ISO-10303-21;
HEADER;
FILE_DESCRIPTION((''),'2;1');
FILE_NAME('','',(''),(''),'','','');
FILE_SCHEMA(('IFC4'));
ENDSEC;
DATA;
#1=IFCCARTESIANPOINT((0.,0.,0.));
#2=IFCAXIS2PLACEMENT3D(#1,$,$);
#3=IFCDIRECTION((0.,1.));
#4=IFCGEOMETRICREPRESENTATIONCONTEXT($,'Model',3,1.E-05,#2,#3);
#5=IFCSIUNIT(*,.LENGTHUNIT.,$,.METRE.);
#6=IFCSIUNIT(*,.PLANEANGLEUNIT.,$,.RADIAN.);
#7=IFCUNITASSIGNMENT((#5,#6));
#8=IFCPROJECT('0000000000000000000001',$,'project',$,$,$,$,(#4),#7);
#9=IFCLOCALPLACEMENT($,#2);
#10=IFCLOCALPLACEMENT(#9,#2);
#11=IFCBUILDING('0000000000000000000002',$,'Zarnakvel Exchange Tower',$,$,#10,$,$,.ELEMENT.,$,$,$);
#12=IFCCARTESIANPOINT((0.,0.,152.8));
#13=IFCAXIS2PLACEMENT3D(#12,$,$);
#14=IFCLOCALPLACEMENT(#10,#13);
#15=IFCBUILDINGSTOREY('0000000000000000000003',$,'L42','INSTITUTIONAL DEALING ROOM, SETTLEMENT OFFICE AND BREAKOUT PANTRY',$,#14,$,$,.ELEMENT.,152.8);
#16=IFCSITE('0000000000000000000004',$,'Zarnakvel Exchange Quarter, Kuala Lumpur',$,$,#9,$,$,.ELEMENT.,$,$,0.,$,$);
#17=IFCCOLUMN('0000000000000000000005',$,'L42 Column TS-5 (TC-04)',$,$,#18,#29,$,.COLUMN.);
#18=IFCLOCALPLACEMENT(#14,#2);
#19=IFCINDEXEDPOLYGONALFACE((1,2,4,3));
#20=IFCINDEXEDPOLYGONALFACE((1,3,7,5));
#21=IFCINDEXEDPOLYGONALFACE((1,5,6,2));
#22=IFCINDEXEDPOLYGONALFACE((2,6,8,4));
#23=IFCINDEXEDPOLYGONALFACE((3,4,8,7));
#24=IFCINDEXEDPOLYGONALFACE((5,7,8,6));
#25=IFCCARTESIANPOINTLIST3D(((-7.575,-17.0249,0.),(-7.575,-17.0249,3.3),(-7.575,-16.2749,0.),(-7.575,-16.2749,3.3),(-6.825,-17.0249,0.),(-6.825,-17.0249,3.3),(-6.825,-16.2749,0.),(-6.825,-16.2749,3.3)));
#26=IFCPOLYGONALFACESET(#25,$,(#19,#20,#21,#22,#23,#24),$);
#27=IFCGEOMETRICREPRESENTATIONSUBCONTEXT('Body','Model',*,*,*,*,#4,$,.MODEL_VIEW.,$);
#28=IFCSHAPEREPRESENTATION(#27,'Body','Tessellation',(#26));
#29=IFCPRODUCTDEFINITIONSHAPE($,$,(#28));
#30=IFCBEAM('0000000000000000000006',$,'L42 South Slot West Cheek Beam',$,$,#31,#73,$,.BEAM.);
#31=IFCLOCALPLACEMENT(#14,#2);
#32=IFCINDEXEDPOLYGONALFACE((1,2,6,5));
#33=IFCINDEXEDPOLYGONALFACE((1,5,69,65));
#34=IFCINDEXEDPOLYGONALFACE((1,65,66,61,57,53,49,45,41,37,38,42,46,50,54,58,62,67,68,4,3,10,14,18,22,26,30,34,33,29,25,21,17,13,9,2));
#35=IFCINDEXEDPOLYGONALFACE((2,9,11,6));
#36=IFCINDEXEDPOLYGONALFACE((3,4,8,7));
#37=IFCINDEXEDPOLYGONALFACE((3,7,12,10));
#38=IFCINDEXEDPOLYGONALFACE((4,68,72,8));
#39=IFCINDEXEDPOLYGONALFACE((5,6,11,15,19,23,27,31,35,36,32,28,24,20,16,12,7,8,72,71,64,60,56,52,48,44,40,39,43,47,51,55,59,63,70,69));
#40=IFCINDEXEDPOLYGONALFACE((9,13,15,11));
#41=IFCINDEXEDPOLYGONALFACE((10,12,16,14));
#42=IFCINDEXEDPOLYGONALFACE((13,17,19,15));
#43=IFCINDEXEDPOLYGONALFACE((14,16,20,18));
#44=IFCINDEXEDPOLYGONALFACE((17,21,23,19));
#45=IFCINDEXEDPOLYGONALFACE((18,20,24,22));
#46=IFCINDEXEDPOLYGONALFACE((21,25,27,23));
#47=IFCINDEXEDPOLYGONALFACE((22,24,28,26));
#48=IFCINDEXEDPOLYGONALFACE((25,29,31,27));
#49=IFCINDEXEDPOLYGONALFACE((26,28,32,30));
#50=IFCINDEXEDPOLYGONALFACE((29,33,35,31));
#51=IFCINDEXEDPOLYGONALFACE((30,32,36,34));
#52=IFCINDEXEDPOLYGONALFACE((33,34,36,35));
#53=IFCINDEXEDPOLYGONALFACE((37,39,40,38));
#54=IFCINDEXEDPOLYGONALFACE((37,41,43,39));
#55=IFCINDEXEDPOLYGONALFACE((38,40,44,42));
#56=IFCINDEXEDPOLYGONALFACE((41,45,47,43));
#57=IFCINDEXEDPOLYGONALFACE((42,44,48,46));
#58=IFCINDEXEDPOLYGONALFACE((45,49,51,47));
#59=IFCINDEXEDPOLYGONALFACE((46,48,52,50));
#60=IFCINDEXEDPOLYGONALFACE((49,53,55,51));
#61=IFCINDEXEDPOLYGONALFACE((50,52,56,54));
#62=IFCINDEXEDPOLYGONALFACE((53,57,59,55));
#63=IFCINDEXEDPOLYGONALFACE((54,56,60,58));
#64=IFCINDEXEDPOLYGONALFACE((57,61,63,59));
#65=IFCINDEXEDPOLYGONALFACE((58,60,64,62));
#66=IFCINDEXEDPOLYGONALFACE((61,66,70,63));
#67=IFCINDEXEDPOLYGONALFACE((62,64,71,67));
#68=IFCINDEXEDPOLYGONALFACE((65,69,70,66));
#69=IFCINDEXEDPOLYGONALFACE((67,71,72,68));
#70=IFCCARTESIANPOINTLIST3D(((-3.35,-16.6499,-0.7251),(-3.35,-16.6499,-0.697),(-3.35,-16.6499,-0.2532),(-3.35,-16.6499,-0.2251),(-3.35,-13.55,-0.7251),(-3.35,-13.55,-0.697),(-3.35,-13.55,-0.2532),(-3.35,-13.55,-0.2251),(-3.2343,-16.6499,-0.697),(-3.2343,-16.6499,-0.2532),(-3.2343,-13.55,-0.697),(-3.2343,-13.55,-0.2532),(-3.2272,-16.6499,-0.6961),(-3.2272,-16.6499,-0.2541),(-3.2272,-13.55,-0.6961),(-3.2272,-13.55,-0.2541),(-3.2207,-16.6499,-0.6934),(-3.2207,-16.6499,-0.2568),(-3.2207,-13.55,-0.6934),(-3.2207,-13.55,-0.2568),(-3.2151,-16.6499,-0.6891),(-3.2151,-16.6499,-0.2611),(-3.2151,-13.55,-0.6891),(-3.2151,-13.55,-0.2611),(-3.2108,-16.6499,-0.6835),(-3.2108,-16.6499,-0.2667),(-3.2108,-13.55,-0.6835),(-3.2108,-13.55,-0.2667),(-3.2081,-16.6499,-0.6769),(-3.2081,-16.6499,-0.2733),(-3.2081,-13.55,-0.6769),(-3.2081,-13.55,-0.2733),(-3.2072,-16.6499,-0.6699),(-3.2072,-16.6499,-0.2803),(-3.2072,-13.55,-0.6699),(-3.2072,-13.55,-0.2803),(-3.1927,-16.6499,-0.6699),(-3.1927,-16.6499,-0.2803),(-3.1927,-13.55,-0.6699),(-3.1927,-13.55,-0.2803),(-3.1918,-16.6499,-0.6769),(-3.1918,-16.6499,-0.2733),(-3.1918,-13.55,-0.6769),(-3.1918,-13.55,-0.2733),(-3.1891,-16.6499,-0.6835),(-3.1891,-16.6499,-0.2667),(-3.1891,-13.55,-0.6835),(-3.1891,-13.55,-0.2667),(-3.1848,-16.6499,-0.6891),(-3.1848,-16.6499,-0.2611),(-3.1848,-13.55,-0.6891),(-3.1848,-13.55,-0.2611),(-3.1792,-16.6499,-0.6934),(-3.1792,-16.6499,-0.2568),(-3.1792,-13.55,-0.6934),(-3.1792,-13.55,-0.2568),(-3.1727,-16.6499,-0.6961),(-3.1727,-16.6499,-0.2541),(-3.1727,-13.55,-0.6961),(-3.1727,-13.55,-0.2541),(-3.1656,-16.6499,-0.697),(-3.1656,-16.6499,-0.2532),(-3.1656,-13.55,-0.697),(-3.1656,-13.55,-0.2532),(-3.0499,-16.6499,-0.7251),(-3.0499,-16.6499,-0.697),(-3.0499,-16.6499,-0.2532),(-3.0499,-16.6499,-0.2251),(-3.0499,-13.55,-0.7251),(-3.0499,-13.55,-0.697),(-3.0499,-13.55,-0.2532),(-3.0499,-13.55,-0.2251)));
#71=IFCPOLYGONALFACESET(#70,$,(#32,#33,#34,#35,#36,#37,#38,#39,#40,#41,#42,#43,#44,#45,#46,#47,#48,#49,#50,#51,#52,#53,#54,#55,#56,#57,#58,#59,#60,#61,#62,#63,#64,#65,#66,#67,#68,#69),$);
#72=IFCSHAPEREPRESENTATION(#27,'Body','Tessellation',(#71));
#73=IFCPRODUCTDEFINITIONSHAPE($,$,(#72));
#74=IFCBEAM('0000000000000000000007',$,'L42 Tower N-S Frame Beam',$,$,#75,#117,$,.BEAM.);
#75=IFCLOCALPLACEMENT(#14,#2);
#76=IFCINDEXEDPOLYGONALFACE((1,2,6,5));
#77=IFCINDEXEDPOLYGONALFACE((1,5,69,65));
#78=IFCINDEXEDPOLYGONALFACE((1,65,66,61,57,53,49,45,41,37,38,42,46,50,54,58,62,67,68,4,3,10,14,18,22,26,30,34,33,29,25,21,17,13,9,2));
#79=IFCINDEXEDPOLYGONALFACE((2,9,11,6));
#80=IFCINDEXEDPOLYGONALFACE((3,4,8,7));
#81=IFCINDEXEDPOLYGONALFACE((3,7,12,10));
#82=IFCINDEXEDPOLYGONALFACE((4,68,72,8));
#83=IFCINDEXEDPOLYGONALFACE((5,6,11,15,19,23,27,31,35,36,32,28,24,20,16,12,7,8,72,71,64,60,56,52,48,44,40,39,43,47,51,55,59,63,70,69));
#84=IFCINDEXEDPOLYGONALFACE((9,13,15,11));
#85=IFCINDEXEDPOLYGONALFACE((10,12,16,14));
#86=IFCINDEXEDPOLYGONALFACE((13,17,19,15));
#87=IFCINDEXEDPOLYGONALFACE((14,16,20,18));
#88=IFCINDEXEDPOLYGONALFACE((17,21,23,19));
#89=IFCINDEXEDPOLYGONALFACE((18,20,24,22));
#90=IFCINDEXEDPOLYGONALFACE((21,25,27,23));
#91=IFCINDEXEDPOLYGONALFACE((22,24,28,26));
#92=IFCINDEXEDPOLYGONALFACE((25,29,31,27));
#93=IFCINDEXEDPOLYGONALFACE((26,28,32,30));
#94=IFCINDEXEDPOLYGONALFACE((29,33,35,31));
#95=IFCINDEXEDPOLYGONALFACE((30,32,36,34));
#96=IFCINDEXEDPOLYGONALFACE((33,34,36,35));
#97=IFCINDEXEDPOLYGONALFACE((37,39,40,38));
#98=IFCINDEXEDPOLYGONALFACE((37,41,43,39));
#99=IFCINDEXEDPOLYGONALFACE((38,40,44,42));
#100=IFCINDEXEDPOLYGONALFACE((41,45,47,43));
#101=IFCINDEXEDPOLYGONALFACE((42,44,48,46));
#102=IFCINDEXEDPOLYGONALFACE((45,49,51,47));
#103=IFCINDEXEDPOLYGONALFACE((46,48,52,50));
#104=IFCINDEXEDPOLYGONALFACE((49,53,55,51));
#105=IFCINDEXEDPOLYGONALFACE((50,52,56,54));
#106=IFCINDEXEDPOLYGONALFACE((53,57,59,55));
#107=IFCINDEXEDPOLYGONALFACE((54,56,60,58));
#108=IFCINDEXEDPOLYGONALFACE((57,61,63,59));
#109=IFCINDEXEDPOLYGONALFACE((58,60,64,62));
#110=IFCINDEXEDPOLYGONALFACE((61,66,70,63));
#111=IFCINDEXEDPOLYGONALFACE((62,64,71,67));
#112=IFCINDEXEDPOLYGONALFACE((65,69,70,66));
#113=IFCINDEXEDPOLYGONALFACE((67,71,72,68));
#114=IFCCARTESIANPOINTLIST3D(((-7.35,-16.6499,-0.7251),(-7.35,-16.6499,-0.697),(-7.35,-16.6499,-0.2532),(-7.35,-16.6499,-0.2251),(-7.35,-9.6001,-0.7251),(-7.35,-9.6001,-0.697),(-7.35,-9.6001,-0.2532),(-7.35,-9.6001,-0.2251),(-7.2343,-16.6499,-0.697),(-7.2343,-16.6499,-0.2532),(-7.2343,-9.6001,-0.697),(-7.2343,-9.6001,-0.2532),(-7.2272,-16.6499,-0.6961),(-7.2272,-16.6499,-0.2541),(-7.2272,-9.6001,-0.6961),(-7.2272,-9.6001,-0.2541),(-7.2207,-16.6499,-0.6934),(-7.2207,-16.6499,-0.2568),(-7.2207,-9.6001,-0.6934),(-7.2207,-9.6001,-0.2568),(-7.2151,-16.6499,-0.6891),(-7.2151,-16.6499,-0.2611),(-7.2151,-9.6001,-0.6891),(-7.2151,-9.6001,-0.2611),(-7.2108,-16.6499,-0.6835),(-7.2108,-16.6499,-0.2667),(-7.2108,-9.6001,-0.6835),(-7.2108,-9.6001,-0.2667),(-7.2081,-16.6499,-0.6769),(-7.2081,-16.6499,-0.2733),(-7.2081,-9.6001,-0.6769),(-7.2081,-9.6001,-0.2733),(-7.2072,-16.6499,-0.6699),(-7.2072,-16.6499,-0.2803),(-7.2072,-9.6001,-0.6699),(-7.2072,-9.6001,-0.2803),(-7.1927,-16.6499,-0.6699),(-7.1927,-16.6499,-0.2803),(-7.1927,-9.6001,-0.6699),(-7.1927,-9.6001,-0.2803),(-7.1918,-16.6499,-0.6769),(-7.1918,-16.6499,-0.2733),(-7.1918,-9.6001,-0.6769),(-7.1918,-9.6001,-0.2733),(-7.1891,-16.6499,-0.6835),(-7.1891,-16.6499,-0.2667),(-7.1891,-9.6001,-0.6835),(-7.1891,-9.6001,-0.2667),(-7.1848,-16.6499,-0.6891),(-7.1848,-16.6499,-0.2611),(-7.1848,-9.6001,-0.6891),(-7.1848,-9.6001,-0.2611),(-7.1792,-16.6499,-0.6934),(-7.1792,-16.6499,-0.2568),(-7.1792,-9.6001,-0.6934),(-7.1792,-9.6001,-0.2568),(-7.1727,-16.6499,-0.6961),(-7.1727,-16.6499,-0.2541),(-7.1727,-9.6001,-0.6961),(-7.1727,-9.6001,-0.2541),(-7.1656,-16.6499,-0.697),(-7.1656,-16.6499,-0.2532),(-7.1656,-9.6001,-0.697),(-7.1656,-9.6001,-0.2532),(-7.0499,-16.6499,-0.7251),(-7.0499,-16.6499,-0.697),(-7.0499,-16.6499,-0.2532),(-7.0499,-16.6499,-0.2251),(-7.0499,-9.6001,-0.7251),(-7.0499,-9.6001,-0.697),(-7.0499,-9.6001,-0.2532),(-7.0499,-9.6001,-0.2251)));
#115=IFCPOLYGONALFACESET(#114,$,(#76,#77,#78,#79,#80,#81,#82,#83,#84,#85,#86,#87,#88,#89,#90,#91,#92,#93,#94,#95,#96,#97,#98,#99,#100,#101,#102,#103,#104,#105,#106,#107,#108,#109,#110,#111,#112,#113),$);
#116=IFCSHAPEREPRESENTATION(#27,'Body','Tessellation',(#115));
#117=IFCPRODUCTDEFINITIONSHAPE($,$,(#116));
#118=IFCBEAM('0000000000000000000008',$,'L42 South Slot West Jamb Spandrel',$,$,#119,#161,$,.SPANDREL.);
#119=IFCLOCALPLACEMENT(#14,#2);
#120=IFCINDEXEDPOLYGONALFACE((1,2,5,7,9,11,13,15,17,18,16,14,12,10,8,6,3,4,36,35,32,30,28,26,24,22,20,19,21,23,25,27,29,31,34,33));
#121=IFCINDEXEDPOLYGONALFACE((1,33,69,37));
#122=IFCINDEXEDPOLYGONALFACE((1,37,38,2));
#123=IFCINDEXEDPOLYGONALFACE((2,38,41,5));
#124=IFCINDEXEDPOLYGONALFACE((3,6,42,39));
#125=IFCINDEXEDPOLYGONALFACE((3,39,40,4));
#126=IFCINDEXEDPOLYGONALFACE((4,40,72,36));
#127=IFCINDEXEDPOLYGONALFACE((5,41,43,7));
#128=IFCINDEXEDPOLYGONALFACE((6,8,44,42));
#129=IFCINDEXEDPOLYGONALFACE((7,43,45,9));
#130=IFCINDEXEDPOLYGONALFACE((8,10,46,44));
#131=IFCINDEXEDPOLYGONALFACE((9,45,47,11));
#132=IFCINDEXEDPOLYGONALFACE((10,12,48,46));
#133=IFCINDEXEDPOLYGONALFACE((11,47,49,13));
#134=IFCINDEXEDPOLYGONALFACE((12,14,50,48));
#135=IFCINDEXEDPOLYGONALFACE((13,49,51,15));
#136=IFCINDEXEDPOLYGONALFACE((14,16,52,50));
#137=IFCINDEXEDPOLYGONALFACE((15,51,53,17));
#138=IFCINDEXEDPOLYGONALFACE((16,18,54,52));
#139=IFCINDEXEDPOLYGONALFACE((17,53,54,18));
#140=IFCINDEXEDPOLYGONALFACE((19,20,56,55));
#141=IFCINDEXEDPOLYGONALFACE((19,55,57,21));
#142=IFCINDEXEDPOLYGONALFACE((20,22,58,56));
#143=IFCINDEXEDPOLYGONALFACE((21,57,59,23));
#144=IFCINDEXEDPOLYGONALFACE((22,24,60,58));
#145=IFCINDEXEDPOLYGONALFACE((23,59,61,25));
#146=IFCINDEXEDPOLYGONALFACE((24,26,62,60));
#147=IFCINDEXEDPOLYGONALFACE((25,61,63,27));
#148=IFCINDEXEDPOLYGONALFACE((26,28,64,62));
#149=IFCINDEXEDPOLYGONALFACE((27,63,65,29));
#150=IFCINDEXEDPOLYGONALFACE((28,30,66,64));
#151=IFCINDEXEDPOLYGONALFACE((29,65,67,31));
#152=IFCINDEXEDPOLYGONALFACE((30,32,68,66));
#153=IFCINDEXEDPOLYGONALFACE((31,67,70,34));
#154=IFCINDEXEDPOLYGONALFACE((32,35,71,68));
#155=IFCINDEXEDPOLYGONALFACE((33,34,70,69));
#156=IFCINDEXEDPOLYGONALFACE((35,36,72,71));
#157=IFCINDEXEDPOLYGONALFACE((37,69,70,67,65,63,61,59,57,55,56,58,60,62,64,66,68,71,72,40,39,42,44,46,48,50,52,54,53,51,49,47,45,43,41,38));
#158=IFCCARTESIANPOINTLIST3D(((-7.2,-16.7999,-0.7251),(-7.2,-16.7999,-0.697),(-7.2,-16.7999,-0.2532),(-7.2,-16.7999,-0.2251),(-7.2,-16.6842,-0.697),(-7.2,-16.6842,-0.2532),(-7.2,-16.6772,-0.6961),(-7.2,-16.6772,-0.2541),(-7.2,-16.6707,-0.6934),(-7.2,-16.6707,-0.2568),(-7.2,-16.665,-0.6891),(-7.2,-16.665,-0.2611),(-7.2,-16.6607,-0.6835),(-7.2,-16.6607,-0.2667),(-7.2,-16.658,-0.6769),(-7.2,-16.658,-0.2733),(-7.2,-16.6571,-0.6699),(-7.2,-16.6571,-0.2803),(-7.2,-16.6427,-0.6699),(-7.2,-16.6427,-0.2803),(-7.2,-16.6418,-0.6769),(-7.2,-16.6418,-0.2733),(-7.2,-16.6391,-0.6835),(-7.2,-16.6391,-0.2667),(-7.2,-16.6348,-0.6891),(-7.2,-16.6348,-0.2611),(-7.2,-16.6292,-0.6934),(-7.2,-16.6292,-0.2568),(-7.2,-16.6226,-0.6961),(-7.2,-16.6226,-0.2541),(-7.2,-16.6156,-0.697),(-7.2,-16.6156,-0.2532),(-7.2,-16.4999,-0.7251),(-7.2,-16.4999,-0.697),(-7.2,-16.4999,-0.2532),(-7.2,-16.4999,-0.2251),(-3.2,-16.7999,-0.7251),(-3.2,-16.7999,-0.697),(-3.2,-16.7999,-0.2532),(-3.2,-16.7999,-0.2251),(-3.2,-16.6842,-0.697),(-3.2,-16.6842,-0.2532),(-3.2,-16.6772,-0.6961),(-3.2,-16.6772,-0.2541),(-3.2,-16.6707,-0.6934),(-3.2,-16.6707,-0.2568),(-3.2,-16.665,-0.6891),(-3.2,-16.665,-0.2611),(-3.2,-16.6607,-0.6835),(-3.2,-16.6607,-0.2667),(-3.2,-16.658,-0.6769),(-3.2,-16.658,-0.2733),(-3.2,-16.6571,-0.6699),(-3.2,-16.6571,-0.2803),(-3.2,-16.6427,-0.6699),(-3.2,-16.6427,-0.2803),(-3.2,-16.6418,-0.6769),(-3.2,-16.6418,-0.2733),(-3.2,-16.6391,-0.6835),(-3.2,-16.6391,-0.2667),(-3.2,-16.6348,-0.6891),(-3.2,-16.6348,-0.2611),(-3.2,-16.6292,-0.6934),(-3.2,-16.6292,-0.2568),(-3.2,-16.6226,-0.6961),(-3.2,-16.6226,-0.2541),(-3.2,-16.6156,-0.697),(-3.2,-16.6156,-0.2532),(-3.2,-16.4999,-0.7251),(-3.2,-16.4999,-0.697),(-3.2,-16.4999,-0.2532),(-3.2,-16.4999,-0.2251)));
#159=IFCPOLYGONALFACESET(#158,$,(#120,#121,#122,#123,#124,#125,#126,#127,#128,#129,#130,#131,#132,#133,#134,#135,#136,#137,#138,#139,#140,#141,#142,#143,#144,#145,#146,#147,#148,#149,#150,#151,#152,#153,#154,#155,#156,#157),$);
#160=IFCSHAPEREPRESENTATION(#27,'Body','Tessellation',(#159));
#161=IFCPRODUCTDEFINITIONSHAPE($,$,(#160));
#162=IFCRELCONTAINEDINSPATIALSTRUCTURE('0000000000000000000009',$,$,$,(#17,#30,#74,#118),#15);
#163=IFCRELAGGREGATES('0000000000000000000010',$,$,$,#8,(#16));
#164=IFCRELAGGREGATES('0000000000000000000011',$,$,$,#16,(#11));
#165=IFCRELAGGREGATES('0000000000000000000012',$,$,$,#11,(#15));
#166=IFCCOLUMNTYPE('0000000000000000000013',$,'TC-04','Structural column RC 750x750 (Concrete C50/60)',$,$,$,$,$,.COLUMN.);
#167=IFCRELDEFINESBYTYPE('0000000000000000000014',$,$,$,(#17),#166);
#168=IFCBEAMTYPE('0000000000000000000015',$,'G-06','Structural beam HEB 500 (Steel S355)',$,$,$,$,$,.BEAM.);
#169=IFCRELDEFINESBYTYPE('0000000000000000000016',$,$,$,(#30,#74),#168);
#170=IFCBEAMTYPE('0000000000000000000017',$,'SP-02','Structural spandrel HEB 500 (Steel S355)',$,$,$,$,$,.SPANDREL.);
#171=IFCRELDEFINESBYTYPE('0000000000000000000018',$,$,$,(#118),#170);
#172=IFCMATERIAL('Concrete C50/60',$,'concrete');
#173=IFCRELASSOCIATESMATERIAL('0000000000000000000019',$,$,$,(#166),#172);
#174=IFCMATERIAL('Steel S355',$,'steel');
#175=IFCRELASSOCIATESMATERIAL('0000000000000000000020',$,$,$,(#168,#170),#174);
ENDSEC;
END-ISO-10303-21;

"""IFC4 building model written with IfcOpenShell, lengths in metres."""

from ifc_helpers import new_model, si_unit, direction, frame, origin, origin_2d, place, context, subcontext, project, spatial, rectangle, i_section, extrude, material, material_profile, profile_set, type_object, element, save


model = new_model("IFC4")

# Units and contexts
model_context = context("Model", 3, precision=1e-05, world=origin(), true_north=direction((0.0, 1.0)))
body_context = subcontext(model_context, "Body", "Model", "MODEL_VIEW")
ifc_project = project(units=[si_unit("LENGTHUNIT", "METRE"), si_unit("PLANEANGLEUNIT", "RADIAN")], contexts=[model_context])

# Site, building, storey
site_placement = place(None, origin())
site = spatial("IfcSite", under=ifc_project, at=site_placement, Name="Zarnakvel Exchange Quarter, Kuala Lumpur", CompositionType="ELEMENT", RefElevation=0.0)
building_placement = place(site_placement, origin())
building = spatial("IfcBuilding", under=site, at=building_placement, Name="Zarnakvel Exchange Tower", CompositionType="ELEMENT")
storey_placement = place(building_placement, frame((0.0, 0.0, 152.8)))
storey = spatial("IfcBuildingStorey", under=building, at=storey_placement, Name="L42", Description="INSTITUTIONAL DEALING ROOM, SETTLEMENT OFFICE AND BREAKOUT PANTRY", CompositionType="ELEMENT", Elevation=152.8)

# Column
ifc_material_1 = material(Name="Concrete C50/60", Category="concrete")
ifc_material_profile_1 = material_profile(ifc_material_1, rectangle(XDim=0.75, YDim=0.75, at=origin_2d()))
ifc_profile_set_1 = profile_set([ifc_material_profile_1], Name="Concrete C50/60")
column_type = type_object("IfcColumnType", Name="TC-04", Description="Structural column RC 750x750 (Concrete C50/60)", PredefinedType="COLUMN", material=ifc_profile_set_1)
column_placement = place(storey_placement, frame((-7.2, -16.6499, 0.0), z_axis=(0.0, 0.0, 1.0), x_axis=(1.0, 0.0, 0.0)))
element("IfcColumn", 1, at=column_placement, inside=storey, type_object=column_type, Name="L42 Column TS-5 (TC-04)", PredefinedType="COLUMN", context=body_context, shape_type="SweptSolid", body=[
    extrude(rectangle(XDim=0.75, YDim=0.75, at=origin_2d()), origin(), (0.0, 0.0, 1.0), 3.3),
])

# Beams
ifc_material_2 = material(Name="Steel S355", Category="steel")
ifc_material_profile_2 = material_profile(ifc_material_2, i_section(OverallWidth=0.3, OverallDepth=0.5, WebThickness=0.0144, FlangeThickness=0.0281, FilletRadius=0.0271, at=origin_2d()))
ifc_profile_set_2 = profile_set([ifc_material_profile_2], Name="Steel S355")
beam_type_1 = type_object("IfcBeamType", Name="G-06", Description="Structural beam HEB 500 (Steel S355)", PredefinedType="BEAM", material=ifc_profile_set_2)
beam_1_placement = place(storey_placement, frame((-3.2, -16.6499, -0.4751), z_axis=(0.0, 1.0, 0.0), x_axis=(-1.0, 0.0, 0.0)))
element("IfcBeam", 2, at=beam_1_placement, inside=storey, type_object=beam_type_1, Name="L42 South Slot West Cheek Beam", PredefinedType="BEAM", context=body_context, shape_type="SweptSolid", body=[
    extrude(i_section(OverallWidth=0.3, OverallDepth=0.5, WebThickness=0.0144, FlangeThickness=0.0281, FilletRadius=0.0271, at=origin_2d()), origin(), (0.0, 0.0, 1.0), 3.0999),
])
beam_2_placement = place(storey_placement, frame((-7.2, -16.6499, -0.4751), z_axis=(0.0, 1.0, 0.0), x_axis=(-1.0, 0.0, 0.0)))
element("IfcBeam", 3, at=beam_2_placement, inside=storey, type_object=beam_type_1, Name="L42 Tower N-S Frame Beam", PredefinedType="BEAM", context=body_context, shape_type="SweptSolid", body=[
    extrude(i_section(OverallWidth=0.3, OverallDepth=0.5, WebThickness=0.0144, FlangeThickness=0.0281, FilletRadius=0.0271, at=origin_2d()), origin(), (0.0, 0.0, 1.0), 7.0498),
])
ifc_material_profile_3 = material_profile(ifc_material_2, i_section(OverallWidth=0.3, OverallDepth=0.5, WebThickness=0.0144, FlangeThickness=0.0281, FilletRadius=0.0271, at=origin_2d()))
ifc_profile_set_3 = profile_set([ifc_material_profile_3], Name="Steel S355")
beam_type_2 = type_object("IfcBeamType", Name="SP-02", Description="Structural spandrel HEB 500 (Steel S355)", PredefinedType="SPANDREL", material=ifc_profile_set_3)
beam_3_placement = place(storey_placement, frame((-7.2, -16.6499, -0.4751), z_axis=(1.0, 0.0, 0.0), x_axis=(0.0, 1.0, 0.0)))
element("IfcBeam", 4, at=beam_3_placement, inside=storey, type_object=beam_type_2, Name="L42 South Slot West Jamb Spandrel", PredefinedType="SPANDREL", context=body_context, shape_type="SweptSolid", body=[
    extrude(i_section(OverallWidth=0.3, OverallDepth=0.5, WebThickness=0.0144, FlangeThickness=0.0281, FilletRadius=0.0271, at=origin_2d()), origin(), (0.0, 0.0, 1.0), 4.0),
])

save(model, "model.ifc")
